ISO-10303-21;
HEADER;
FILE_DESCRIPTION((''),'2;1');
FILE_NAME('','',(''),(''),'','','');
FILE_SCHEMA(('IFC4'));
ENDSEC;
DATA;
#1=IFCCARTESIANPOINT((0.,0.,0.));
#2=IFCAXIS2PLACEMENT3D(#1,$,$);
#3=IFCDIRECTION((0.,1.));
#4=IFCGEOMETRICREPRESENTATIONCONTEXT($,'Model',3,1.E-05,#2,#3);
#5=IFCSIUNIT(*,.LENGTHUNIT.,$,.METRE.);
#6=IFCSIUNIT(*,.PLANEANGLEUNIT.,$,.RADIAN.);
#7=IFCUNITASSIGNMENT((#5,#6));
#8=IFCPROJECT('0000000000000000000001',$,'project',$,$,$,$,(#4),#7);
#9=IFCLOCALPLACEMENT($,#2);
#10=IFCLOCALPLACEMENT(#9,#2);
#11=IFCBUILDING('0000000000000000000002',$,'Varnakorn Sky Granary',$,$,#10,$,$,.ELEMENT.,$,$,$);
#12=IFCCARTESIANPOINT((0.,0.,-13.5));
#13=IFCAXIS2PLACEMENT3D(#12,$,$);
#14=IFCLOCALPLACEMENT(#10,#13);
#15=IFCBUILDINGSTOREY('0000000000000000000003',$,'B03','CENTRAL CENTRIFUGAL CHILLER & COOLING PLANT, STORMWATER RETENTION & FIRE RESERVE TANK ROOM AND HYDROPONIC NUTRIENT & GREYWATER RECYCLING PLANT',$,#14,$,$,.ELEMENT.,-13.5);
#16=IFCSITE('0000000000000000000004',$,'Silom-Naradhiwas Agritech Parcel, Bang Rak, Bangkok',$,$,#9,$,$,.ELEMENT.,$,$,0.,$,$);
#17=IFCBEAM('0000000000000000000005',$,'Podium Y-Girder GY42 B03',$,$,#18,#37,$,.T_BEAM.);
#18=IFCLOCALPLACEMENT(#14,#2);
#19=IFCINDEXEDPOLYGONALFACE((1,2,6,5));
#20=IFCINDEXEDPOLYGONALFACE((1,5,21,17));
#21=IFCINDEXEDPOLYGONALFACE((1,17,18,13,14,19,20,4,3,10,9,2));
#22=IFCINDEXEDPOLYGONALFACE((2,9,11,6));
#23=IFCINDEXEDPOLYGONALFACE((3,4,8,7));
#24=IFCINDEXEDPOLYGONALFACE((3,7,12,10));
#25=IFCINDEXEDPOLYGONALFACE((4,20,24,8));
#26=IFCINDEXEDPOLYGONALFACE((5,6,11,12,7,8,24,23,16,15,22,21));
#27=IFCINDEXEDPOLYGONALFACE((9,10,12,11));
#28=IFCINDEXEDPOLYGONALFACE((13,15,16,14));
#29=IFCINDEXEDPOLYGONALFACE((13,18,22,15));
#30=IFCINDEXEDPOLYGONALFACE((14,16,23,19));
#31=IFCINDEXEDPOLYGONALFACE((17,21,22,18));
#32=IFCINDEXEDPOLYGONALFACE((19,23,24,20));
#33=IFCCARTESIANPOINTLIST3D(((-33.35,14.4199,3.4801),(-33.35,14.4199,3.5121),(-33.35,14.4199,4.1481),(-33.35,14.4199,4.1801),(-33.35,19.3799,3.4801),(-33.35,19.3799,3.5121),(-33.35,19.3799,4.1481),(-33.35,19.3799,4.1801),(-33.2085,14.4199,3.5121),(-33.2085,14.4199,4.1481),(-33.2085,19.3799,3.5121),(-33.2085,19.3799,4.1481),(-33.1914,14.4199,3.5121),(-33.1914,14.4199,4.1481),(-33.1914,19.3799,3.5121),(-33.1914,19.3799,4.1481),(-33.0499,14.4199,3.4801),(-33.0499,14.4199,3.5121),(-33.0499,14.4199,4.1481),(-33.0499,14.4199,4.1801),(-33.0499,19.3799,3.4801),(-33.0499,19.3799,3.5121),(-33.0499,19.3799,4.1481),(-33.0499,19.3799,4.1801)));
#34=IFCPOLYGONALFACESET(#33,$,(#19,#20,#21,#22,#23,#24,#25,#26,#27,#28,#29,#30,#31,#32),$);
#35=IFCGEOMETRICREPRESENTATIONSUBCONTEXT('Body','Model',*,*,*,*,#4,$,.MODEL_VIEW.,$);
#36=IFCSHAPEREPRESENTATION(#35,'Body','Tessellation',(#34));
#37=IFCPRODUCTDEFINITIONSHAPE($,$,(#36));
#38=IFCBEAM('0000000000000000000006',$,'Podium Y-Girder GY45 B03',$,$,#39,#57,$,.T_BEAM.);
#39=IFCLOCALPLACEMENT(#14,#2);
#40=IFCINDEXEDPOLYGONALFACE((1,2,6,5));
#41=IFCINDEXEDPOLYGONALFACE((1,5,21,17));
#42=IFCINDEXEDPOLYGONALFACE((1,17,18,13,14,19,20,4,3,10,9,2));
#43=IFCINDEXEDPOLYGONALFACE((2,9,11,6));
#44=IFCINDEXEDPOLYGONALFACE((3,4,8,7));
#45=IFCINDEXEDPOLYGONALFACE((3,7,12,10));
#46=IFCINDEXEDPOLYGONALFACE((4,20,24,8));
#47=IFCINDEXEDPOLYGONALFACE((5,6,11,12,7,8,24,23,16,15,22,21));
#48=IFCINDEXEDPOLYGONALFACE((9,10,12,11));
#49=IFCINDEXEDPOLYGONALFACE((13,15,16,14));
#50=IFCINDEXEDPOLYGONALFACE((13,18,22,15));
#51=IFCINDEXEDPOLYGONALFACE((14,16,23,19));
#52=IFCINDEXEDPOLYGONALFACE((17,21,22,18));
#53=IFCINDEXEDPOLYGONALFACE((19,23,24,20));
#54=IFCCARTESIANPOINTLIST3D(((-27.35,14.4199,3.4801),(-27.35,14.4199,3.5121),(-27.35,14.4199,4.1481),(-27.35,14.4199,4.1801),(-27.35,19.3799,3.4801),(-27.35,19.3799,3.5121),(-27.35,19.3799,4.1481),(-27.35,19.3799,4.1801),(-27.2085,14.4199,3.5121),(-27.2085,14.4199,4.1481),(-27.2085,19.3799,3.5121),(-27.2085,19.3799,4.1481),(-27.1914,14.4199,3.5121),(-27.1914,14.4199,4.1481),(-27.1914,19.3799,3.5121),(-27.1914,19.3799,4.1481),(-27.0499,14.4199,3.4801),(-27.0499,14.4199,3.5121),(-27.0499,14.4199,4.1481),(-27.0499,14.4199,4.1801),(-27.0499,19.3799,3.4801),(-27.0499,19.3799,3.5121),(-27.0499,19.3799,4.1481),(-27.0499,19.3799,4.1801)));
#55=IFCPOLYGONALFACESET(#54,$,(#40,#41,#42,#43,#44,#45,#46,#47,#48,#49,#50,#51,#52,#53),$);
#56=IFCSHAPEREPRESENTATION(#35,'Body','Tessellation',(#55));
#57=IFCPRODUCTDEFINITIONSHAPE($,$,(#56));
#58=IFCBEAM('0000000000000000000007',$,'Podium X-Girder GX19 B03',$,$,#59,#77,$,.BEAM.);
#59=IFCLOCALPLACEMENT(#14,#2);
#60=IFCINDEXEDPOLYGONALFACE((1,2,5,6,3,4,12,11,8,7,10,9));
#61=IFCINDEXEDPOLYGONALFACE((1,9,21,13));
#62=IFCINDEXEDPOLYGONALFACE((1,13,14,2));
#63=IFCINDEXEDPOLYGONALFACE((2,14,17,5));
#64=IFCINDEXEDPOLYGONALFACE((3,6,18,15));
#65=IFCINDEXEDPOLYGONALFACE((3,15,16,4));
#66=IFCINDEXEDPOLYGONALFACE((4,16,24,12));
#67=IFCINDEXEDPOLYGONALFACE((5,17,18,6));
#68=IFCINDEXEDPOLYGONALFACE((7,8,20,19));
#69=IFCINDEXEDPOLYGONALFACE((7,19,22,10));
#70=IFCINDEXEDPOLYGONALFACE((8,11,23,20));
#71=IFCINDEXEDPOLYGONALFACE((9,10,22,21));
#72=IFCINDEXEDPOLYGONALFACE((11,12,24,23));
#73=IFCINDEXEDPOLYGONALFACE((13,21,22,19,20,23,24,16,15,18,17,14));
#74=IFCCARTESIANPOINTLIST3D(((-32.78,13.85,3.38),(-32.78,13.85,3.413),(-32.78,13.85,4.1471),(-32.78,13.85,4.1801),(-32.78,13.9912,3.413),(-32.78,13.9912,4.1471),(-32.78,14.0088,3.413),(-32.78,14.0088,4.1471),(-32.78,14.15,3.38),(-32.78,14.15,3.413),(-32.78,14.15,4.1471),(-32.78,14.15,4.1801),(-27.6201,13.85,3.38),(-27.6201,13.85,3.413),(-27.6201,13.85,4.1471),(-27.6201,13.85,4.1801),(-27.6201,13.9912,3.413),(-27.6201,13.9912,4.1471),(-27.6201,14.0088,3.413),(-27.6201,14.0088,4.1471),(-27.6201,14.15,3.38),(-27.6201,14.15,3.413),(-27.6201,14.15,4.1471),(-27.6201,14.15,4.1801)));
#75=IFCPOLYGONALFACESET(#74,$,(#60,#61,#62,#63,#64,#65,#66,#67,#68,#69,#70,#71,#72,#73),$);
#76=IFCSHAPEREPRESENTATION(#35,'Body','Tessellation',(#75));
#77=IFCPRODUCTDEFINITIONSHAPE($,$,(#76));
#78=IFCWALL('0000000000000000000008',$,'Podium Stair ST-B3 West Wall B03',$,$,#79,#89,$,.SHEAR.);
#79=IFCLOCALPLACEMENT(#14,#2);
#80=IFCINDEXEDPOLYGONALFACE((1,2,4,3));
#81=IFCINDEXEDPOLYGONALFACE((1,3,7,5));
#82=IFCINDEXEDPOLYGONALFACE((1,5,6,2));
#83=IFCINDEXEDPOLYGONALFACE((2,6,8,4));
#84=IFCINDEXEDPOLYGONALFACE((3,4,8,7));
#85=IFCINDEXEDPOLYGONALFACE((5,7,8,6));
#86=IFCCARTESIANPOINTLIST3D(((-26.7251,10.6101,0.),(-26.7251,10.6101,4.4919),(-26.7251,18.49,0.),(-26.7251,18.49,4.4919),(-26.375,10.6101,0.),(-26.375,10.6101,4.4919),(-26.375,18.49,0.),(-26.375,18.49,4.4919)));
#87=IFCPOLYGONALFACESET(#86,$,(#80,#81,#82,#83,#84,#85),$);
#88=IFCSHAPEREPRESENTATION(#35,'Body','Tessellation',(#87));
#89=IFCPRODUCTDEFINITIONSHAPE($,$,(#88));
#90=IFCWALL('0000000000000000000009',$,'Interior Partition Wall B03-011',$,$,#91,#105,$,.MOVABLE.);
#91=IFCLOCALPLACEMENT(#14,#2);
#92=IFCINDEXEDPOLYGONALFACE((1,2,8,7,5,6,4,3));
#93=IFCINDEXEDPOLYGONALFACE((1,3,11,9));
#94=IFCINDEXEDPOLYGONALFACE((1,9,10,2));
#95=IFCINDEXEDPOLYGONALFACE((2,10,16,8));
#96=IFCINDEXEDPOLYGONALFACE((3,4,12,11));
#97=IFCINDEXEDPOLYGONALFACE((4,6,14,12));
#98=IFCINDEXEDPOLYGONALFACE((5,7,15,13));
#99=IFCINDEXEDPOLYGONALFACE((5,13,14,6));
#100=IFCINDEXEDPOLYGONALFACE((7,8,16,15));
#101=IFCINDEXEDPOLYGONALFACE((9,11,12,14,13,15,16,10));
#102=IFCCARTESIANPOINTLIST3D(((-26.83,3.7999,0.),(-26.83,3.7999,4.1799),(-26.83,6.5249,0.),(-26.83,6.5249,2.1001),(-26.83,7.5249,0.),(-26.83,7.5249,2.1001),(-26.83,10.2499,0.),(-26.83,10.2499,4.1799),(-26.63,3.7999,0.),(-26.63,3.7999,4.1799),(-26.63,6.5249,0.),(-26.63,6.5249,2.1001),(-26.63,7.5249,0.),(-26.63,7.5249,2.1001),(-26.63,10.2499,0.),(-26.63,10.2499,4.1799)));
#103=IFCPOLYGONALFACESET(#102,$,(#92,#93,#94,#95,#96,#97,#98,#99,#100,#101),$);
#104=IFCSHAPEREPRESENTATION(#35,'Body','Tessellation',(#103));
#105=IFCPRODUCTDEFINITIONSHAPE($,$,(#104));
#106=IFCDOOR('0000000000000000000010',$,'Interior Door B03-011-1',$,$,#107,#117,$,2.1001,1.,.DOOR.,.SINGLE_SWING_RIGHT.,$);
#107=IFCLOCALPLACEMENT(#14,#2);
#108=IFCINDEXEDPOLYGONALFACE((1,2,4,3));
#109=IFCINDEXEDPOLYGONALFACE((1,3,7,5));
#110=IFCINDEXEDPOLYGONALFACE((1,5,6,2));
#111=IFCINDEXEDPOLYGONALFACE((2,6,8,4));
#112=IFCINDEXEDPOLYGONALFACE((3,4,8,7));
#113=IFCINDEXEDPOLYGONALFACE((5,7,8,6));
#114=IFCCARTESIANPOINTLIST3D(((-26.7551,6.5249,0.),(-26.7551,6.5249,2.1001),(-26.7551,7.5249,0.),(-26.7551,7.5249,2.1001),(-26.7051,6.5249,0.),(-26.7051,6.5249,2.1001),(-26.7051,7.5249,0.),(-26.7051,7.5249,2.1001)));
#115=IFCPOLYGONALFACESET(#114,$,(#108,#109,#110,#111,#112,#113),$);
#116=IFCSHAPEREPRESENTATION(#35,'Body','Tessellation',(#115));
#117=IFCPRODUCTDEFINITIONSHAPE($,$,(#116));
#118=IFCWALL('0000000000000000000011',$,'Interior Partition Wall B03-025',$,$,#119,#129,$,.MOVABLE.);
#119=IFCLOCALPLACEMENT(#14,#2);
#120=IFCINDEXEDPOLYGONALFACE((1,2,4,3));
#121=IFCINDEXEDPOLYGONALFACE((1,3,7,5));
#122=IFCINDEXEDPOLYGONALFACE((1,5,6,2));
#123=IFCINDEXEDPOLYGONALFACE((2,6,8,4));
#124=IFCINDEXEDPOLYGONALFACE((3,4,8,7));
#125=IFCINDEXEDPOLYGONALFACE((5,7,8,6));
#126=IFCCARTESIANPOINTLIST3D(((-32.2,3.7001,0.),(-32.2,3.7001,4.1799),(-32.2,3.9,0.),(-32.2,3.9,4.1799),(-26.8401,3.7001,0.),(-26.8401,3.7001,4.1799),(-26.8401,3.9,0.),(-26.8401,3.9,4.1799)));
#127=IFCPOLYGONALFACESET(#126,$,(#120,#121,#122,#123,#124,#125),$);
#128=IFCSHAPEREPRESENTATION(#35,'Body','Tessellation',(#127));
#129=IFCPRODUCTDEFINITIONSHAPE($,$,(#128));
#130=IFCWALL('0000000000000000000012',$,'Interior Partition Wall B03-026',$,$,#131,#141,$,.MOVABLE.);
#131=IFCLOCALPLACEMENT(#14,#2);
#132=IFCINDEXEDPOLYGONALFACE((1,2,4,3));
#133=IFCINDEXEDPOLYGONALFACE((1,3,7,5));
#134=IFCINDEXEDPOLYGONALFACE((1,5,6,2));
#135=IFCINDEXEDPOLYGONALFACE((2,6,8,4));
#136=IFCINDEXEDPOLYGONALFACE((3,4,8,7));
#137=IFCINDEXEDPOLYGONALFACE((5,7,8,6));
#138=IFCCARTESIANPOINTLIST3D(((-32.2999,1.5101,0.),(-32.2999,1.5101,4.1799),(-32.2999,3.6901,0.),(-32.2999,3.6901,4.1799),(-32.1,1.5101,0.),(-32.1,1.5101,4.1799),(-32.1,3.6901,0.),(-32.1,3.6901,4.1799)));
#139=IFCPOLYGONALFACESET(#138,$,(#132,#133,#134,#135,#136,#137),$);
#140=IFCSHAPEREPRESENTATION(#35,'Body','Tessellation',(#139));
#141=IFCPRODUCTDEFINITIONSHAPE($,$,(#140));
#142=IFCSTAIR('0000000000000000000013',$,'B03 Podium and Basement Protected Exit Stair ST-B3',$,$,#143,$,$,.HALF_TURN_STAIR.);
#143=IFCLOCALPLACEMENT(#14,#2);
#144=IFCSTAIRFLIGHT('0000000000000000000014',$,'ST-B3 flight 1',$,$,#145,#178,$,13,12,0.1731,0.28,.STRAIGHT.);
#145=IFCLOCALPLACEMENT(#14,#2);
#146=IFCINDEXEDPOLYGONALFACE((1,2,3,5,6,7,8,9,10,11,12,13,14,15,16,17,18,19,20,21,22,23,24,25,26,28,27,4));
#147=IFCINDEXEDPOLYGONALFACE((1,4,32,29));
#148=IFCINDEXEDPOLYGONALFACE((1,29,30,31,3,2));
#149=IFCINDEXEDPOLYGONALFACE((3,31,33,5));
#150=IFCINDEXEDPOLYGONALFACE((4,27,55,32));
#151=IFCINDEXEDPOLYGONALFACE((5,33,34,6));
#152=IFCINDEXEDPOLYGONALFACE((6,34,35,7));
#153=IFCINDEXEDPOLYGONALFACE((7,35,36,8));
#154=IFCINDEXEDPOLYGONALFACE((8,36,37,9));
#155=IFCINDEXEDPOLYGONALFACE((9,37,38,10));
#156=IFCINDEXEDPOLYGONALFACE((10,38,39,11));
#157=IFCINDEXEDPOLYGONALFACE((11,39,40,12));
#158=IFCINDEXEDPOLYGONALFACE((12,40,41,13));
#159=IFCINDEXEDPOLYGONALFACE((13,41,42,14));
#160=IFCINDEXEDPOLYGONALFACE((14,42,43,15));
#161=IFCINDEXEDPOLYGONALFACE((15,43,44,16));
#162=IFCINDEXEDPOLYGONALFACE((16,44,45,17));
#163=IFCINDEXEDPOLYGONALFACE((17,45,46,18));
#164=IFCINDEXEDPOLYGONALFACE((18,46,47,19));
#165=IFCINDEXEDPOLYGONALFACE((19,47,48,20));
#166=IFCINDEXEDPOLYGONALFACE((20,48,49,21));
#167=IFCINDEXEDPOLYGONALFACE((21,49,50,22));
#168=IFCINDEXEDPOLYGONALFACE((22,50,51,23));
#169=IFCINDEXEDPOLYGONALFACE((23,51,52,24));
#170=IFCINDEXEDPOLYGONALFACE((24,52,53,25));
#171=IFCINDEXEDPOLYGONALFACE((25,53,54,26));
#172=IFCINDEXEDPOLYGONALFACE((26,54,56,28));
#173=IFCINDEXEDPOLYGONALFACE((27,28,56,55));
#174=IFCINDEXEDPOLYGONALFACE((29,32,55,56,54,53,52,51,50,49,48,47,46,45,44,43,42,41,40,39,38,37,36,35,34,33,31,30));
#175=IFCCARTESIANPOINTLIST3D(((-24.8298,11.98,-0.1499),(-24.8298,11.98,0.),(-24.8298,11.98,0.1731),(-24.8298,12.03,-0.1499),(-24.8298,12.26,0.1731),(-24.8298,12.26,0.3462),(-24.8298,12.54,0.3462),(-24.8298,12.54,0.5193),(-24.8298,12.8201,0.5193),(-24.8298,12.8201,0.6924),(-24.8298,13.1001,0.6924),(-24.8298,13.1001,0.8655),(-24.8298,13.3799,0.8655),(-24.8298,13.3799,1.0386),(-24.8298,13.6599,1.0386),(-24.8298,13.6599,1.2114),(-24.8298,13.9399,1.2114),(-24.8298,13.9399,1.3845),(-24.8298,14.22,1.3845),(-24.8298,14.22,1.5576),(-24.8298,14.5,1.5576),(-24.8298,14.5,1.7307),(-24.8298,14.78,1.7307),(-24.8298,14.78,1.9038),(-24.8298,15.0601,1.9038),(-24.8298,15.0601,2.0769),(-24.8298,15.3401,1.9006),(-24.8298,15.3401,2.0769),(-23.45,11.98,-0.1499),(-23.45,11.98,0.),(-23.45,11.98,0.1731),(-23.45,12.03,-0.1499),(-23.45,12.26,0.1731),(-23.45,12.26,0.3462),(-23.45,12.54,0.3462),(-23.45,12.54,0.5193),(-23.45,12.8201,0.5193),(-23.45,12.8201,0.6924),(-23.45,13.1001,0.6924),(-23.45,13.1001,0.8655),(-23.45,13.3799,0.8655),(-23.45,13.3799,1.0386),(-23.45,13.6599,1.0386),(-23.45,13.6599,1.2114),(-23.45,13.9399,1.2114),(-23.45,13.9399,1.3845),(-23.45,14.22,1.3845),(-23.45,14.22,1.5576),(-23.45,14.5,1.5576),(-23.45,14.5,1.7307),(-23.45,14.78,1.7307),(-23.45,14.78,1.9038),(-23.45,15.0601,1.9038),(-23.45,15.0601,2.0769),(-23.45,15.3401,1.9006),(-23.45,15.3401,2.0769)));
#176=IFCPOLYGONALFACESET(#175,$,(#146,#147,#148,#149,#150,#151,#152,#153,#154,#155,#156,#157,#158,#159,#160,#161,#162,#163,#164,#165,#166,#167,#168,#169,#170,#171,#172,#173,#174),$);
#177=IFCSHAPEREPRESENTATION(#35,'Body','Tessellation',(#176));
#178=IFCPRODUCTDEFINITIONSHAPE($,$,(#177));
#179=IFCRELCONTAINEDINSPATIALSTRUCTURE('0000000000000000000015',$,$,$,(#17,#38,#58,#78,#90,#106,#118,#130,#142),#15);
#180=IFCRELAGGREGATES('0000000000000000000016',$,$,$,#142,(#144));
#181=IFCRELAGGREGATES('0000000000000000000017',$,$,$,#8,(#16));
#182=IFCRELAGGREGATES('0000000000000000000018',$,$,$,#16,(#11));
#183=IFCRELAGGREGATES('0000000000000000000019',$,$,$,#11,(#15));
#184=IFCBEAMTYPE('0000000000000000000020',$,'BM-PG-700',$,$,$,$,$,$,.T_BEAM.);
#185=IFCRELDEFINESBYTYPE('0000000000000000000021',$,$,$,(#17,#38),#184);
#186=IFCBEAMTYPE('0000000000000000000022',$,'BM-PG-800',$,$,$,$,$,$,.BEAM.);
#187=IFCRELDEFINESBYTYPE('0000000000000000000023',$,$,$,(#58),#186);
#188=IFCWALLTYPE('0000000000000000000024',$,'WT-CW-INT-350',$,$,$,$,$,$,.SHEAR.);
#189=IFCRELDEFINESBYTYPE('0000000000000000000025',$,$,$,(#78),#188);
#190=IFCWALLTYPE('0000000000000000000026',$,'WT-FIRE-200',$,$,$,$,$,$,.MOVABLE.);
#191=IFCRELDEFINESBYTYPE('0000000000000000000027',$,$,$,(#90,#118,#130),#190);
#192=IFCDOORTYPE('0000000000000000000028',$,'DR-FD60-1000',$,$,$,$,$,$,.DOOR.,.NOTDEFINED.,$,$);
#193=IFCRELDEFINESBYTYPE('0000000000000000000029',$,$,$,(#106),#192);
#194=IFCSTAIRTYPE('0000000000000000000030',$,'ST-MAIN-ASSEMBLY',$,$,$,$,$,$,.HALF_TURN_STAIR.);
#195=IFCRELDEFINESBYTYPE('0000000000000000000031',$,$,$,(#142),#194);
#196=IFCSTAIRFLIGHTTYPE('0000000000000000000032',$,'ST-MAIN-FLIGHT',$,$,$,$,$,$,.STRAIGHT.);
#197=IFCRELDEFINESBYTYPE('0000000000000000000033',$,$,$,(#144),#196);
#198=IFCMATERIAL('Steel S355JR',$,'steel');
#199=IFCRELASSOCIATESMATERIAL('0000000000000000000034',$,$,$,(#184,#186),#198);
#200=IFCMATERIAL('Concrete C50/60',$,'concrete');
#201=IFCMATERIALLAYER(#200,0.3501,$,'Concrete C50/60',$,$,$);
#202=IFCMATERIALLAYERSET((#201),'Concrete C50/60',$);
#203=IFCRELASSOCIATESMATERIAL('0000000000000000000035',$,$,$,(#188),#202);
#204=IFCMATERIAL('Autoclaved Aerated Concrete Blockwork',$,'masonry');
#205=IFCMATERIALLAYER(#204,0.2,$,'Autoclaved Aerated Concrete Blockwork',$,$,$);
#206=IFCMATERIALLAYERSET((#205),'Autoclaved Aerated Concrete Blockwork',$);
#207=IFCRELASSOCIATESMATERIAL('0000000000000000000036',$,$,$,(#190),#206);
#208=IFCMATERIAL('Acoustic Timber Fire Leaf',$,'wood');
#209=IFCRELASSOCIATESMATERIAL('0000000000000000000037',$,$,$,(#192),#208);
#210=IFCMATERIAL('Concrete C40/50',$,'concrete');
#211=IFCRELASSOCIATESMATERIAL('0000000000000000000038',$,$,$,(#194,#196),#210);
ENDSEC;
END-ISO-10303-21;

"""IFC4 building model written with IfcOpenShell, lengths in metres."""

from ifc_helpers import new_model, si_unit, direction, frame, frame_2d, origin, origin_2d, place, context, subcontext, project, spatial, polyline, rectangle, i_section, outline, extrude, material, layer, layer_set, material_profile, profile_set, type_object, element, fill, aggregate, save


model = new_model("IFC4")

# Units and contexts
model_context = context("Model", 3, precision=1e-05, world=origin(), true_north=direction((0.0, 1.0)))
body_context = subcontext(model_context, "Body", "Model", "MODEL_VIEW")
ifc_project = project(units=[si_unit("LENGTHUNIT", "METRE"), si_unit("PLANEANGLEUNIT", "RADIAN")], contexts=[model_context])

# Site, building, storey
site_placement = place(None, origin())
site = spatial("IfcSite", under=ifc_project, at=site_placement, Name="Silom-Naradhiwas Agritech Parcel, Bang Rak, Bangkok", CompositionType="ELEMENT", RefElevation=0.0)
building_placement = place(site_placement, origin())
building = spatial("IfcBuilding", under=site, at=building_placement, Name="Varnakorn Sky Granary", CompositionType="ELEMENT")
storey_placement = place(building_placement, frame((0.0, 0.0, -13.5)))
storey = spatial("IfcBuildingStorey", under=building, at=storey_placement, Name="B03", Description="CENTRAL CENTRIFUGAL CHILLER & COOLING PLANT, STORMWATER RETENTION & FIRE RESERVE TANK ROOM AND HYDROPONIC NUTRIENT & GREYWATER RECYCLING PLANT", CompositionType="ELEMENT", Elevation=-13.5)

# Beams
ifc_material_1 = material(Name="Steel S355JR", Category="steel")
ifc_material_profile_1 = material_profile(ifc_material_1, i_section(OverallWidth=0.3, OverallDepth=0.7, WebThickness=0.0171, FlangeThickness=0.032, at=origin_2d()), Name="HE 700 B")
ifc_profile_set_1 = profile_set([ifc_material_profile_1], Name="Steel S355JR")
beam_type_1 = type_object("IfcBeamType", Name="BM-PG-700", PredefinedType="T_BEAM", material=ifc_profile_set_1)
for number, where, z_axis, x_axis, name in (
    (1, (-33.2, 14.4199, 3.8301), (0.0, 1.0, 0.0), (-1.0, 0.0, 0.0), "Podium Y-Girder GY42 B03"),
    (2, (-27.2, 14.4199, 3.8301), (0.0, 1.0, 0.0), (-1.0, 0.0, 0.0), "Podium Y-Girder GY45 B03"),
):
    element("IfcBeam", number, at=place(storey_placement, frame(where, z_axis=z_axis, x_axis=x_axis)), inside=storey, type_object=beam_type_1, Name=name, PredefinedType="T_BEAM", context=body_context, shape_type="SweptSolid", body=[
        extrude(i_section(OverallWidth=0.3, OverallDepth=0.7, WebThickness=0.0171, FlangeThickness=0.032, at=origin_2d()), origin(), (0.0, 0.0, 1.0), 4.96),
    ])
ifc_material_profile_2 = material_profile(ifc_material_1, i_section(OverallWidth=0.3, OverallDepth=0.8, WebThickness=0.0176, FlangeThickness=0.033, at=origin_2d()), Name="HE 800 B")
ifc_profile_set_2 = profile_set([ifc_material_profile_2], Name="Steel S355JR")
beam_type_2 = type_object("IfcBeamType", Name="BM-PG-800", PredefinedType="BEAM", material=ifc_profile_set_2)
beam_placement = place(storey_placement, frame((-32.78, 14.0, 3.78), z_axis=(1.0, 0.0, 0.0), x_axis=(0.0, 1.0, 0.0)))
element("IfcBeam", 3, at=beam_placement, inside=storey, type_object=beam_type_2, Name="Podium X-Girder GX19 B03", PredefinedType="BEAM", context=body_context, shape_type="SweptSolid", body=[
    extrude(i_section(OverallWidth=0.3, OverallDepth=0.8, WebThickness=0.0176, FlangeThickness=0.033, at=origin_2d()), origin(), (0.0, 0.0, 1.0), 5.1599),
])

# Shared definitions
ifc_material_2 = material(Name="Concrete C50/60", Category="concrete")
ifc_layer_1 = layer(ifc_material_2, 0.3501, Name="Concrete C50/60")
ifc_layer_set_1 = layer_set([ifc_layer_1], Name="Concrete C50/60")
wall_type_1 = type_object("IfcWallType", Name="WT-CW-INT-350", PredefinedType="SHEAR", material=ifc_layer_set_1)

# Wall
wall_1_placement = place(storey_placement, frame((-26.55, 10.6101, 0.0), z_axis=(0.0, 0.0, 1.0), x_axis=(0.0, 1.0, 0.0)))
element("IfcWall", 4, at=wall_1_placement, inside=storey, type_object=wall_type_1, Name="Podium Stair ST-B3 West Wall B03", PredefinedType="SHEAR", context=body_context, shape_type="SweptSolid", body=[
    extrude(rectangle(XDim=7.8799, YDim=0.3501, at=frame_2d((3.9399, 0.0))), origin(), (0.0, 0.0, 1.0), 4.4919),
])

# Wall, opening, door
ifc_material_3 = material(Name="Autoclaved Aerated Concrete Blockwork", Category="masonry")
ifc_layer_2 = layer(ifc_material_3, 0.2, Name="Autoclaved Aerated Concrete Blockwork")
ifc_layer_set_2 = layer_set([ifc_layer_2], Name="Autoclaved Aerated Concrete Blockwork")
wall_type_2 = type_object("IfcWallType", Name="WT-FIRE-200", PredefinedType="MOVABLE", material=ifc_layer_set_2)
wall_2_placement = place(storey_placement, frame((-26.73, 10.25, 0.0), z_axis=(0.0, 0.0, 1.0), x_axis=(0.0, -1.0, 0.0)))
wall_2 = element("IfcWall", 5, at=wall_2_placement, inside=storey, type_object=wall_type_2, Name="Interior Partition Wall B03-011", PredefinedType="MOVABLE", context=body_context, shape_type="SweptSolid", body=[
    extrude(rectangle(XDim=6.45, YDim=0.2, at=frame_2d((3.2251, 0.0))), origin(), (0.0, 0.0, 1.0), 4.1799),
])
opening_1_placement = place(wall_2_placement, frame((2.7251, 0.0, 0.0)))
opening_1 = element("IfcOpeningElement", 6, at=opening_1_placement, cuts=wall_2, PredefinedType="OPENING", context=body_context, shape_type="SweptSolid", body=[
    extrude(rectangle(XDim=1.0, YDim=2.1001, at=frame_2d((0.5, 1.05))), frame((0.0, 0.1099, 0.0), z_axis=(0.0, -1.0, 0.0), x_axis=(1.0, 0.0, 0.0)), (0.0, 0.0, 1.0), 0.22),
])
ifc_material_4 = material(Name="Acoustic Timber Fire Leaf", Category="wood")
door_type_1 = type_object("IfcDoorType", Name="DR-FD60-1000", OperationType="NOTDEFINED", PredefinedType="DOOR", material=ifc_material_4)
door_1_placement = place(opening_1_placement, origin())
door_1 = element("IfcDoor", 7, at=door_1_placement, inside=storey, type_object=door_type_1, Name="Interior Door B03-011-1", OperationType="SINGLE_SWING_RIGHT", OverallHeight=2.1001, OverallWidth=1.0, PredefinedType="DOOR", context=body_context, shape_type="SweptSolid", body=[
    extrude(rectangle(XDim=1.0, YDim=2.1001, at=frame_2d((0.5, 1.05))), frame((0.0, 0.0249, 0.0), z_axis=(0.0, -1.0, 0.0), x_axis=(1.0, 0.0, 0.0)), (0.0, 0.0, 1.0), 0.05),
])
fill(opening_1, door_1)

# Walls
wall_3_placement = place(storey_placement, frame((-26.8401, 3.8, 0.0), z_axis=(0.0, 0.0, 1.0), x_axis=(-1.0, 0.0, 0.0)))
element("IfcWall", 8, at=wall_3_placement, inside=storey, type_object=wall_type_2, Name="Interior Partition Wall B03-025", PredefinedType="MOVABLE", context=body_context, shape_type="SweptSolid", body=[
    extrude(rectangle(XDim=5.3599, YDim=0.2, at=frame_2d((2.6799, 0.0))), origin(), (0.0, 0.0, 1.0), 4.1799),
])
wall_4_placement = place(storey_placement, frame((-32.2, 3.6899, 0.0), z_axis=(0.0, 0.0, 1.0), x_axis=(0.0, -1.0, 0.0)))
element("IfcWall", 9, at=wall_4_placement, inside=storey, type_object=wall_type_2, Name="Interior Partition Wall B03-026", PredefinedType="MOVABLE", context=body_context, shape_type="SweptSolid", body=[
    extrude(rectangle(XDim=2.1799, YDim=0.2, at=frame_2d((1.0898, 0.0))), origin(), (0.0, 0.0, 1.0), 4.1799),
])

# Stair, stair flight
ifc_material_5 = material(Name="Concrete C40/50", Category="concrete")
stair_type = type_object("IfcStairType", Name="ST-MAIN-ASSEMBLY", PredefinedType="HALF_TURN_STAIR", material=ifc_material_5)
stair_placement = place(storey_placement, origin())
stair = element("IfcStair", 10, at=stair_placement, inside=storey, type_object=stair_type, Name="B03 Podium and Basement Protected Exit Stair ST-B3", PredefinedType="HALF_TURN_STAIR")
stair_flight_type = type_object("IfcStairFlightType", Name="ST-MAIN-FLIGHT", PredefinedType="STRAIGHT", material=ifc_material_5)
stair_flight_1_placement = place(storey_placement, frame((-24.1399, 11.98, 0.0), z_axis=(0.0, 0.0, 1.0), x_axis=(0.0, 1.0, 0.0)))
stair_flight_1 = element("IfcStairFlight", 11, at=stair_flight_1_placement, type_object=stair_flight_type, Name="ST-B3 flight 1", NumberOfRisers=13, NumberOfTreads=12, PredefinedType="STRAIGHT", RiserHeight=0.1731, TreadLength=0.28, context=body_context, shape_type="SweptSolid", body=[
    extrude(outline(polyline([(0.0, -0.1499), (0.0, 0.0), (0.0, 0.1731), (0.28, 0.1731), (0.28, 0.3462), (0.5601, 0.3462), (0.5601, 0.5193), (0.8401, 0.5193), (0.8401, 0.6924), (1.1201, 0.6924), (1.1201, 0.8655), (1.3999, 0.8655), (1.3999, 1.0386), (1.6799, 1.0386), (1.6799, 1.2114), (1.96, 1.2114), (1.96, 1.3845), (2.24, 1.3845), (2.24, 1.5576), (2.52, 1.5576), (2.52, 1.7307), (2.8, 1.7307), (2.8, 1.9038), (3.0801, 1.9038), (3.0801, 2.0769), (3.3601, 2.0769), (3.3601, 2.25), (3.3601, 1.9006), (0.05, -0.1499), (0.0, -0.1499)])), frame((0.0, 0.6899, 0.0), z_axis=(0.0, -1.0, 0.0), x_axis=(1.0, 0.0, 0.0)), (0.0, 0.0, 1.0), 1.3799),
])
aggregate(stair, [stair_flight_1])

save(model, "model.ifc")
